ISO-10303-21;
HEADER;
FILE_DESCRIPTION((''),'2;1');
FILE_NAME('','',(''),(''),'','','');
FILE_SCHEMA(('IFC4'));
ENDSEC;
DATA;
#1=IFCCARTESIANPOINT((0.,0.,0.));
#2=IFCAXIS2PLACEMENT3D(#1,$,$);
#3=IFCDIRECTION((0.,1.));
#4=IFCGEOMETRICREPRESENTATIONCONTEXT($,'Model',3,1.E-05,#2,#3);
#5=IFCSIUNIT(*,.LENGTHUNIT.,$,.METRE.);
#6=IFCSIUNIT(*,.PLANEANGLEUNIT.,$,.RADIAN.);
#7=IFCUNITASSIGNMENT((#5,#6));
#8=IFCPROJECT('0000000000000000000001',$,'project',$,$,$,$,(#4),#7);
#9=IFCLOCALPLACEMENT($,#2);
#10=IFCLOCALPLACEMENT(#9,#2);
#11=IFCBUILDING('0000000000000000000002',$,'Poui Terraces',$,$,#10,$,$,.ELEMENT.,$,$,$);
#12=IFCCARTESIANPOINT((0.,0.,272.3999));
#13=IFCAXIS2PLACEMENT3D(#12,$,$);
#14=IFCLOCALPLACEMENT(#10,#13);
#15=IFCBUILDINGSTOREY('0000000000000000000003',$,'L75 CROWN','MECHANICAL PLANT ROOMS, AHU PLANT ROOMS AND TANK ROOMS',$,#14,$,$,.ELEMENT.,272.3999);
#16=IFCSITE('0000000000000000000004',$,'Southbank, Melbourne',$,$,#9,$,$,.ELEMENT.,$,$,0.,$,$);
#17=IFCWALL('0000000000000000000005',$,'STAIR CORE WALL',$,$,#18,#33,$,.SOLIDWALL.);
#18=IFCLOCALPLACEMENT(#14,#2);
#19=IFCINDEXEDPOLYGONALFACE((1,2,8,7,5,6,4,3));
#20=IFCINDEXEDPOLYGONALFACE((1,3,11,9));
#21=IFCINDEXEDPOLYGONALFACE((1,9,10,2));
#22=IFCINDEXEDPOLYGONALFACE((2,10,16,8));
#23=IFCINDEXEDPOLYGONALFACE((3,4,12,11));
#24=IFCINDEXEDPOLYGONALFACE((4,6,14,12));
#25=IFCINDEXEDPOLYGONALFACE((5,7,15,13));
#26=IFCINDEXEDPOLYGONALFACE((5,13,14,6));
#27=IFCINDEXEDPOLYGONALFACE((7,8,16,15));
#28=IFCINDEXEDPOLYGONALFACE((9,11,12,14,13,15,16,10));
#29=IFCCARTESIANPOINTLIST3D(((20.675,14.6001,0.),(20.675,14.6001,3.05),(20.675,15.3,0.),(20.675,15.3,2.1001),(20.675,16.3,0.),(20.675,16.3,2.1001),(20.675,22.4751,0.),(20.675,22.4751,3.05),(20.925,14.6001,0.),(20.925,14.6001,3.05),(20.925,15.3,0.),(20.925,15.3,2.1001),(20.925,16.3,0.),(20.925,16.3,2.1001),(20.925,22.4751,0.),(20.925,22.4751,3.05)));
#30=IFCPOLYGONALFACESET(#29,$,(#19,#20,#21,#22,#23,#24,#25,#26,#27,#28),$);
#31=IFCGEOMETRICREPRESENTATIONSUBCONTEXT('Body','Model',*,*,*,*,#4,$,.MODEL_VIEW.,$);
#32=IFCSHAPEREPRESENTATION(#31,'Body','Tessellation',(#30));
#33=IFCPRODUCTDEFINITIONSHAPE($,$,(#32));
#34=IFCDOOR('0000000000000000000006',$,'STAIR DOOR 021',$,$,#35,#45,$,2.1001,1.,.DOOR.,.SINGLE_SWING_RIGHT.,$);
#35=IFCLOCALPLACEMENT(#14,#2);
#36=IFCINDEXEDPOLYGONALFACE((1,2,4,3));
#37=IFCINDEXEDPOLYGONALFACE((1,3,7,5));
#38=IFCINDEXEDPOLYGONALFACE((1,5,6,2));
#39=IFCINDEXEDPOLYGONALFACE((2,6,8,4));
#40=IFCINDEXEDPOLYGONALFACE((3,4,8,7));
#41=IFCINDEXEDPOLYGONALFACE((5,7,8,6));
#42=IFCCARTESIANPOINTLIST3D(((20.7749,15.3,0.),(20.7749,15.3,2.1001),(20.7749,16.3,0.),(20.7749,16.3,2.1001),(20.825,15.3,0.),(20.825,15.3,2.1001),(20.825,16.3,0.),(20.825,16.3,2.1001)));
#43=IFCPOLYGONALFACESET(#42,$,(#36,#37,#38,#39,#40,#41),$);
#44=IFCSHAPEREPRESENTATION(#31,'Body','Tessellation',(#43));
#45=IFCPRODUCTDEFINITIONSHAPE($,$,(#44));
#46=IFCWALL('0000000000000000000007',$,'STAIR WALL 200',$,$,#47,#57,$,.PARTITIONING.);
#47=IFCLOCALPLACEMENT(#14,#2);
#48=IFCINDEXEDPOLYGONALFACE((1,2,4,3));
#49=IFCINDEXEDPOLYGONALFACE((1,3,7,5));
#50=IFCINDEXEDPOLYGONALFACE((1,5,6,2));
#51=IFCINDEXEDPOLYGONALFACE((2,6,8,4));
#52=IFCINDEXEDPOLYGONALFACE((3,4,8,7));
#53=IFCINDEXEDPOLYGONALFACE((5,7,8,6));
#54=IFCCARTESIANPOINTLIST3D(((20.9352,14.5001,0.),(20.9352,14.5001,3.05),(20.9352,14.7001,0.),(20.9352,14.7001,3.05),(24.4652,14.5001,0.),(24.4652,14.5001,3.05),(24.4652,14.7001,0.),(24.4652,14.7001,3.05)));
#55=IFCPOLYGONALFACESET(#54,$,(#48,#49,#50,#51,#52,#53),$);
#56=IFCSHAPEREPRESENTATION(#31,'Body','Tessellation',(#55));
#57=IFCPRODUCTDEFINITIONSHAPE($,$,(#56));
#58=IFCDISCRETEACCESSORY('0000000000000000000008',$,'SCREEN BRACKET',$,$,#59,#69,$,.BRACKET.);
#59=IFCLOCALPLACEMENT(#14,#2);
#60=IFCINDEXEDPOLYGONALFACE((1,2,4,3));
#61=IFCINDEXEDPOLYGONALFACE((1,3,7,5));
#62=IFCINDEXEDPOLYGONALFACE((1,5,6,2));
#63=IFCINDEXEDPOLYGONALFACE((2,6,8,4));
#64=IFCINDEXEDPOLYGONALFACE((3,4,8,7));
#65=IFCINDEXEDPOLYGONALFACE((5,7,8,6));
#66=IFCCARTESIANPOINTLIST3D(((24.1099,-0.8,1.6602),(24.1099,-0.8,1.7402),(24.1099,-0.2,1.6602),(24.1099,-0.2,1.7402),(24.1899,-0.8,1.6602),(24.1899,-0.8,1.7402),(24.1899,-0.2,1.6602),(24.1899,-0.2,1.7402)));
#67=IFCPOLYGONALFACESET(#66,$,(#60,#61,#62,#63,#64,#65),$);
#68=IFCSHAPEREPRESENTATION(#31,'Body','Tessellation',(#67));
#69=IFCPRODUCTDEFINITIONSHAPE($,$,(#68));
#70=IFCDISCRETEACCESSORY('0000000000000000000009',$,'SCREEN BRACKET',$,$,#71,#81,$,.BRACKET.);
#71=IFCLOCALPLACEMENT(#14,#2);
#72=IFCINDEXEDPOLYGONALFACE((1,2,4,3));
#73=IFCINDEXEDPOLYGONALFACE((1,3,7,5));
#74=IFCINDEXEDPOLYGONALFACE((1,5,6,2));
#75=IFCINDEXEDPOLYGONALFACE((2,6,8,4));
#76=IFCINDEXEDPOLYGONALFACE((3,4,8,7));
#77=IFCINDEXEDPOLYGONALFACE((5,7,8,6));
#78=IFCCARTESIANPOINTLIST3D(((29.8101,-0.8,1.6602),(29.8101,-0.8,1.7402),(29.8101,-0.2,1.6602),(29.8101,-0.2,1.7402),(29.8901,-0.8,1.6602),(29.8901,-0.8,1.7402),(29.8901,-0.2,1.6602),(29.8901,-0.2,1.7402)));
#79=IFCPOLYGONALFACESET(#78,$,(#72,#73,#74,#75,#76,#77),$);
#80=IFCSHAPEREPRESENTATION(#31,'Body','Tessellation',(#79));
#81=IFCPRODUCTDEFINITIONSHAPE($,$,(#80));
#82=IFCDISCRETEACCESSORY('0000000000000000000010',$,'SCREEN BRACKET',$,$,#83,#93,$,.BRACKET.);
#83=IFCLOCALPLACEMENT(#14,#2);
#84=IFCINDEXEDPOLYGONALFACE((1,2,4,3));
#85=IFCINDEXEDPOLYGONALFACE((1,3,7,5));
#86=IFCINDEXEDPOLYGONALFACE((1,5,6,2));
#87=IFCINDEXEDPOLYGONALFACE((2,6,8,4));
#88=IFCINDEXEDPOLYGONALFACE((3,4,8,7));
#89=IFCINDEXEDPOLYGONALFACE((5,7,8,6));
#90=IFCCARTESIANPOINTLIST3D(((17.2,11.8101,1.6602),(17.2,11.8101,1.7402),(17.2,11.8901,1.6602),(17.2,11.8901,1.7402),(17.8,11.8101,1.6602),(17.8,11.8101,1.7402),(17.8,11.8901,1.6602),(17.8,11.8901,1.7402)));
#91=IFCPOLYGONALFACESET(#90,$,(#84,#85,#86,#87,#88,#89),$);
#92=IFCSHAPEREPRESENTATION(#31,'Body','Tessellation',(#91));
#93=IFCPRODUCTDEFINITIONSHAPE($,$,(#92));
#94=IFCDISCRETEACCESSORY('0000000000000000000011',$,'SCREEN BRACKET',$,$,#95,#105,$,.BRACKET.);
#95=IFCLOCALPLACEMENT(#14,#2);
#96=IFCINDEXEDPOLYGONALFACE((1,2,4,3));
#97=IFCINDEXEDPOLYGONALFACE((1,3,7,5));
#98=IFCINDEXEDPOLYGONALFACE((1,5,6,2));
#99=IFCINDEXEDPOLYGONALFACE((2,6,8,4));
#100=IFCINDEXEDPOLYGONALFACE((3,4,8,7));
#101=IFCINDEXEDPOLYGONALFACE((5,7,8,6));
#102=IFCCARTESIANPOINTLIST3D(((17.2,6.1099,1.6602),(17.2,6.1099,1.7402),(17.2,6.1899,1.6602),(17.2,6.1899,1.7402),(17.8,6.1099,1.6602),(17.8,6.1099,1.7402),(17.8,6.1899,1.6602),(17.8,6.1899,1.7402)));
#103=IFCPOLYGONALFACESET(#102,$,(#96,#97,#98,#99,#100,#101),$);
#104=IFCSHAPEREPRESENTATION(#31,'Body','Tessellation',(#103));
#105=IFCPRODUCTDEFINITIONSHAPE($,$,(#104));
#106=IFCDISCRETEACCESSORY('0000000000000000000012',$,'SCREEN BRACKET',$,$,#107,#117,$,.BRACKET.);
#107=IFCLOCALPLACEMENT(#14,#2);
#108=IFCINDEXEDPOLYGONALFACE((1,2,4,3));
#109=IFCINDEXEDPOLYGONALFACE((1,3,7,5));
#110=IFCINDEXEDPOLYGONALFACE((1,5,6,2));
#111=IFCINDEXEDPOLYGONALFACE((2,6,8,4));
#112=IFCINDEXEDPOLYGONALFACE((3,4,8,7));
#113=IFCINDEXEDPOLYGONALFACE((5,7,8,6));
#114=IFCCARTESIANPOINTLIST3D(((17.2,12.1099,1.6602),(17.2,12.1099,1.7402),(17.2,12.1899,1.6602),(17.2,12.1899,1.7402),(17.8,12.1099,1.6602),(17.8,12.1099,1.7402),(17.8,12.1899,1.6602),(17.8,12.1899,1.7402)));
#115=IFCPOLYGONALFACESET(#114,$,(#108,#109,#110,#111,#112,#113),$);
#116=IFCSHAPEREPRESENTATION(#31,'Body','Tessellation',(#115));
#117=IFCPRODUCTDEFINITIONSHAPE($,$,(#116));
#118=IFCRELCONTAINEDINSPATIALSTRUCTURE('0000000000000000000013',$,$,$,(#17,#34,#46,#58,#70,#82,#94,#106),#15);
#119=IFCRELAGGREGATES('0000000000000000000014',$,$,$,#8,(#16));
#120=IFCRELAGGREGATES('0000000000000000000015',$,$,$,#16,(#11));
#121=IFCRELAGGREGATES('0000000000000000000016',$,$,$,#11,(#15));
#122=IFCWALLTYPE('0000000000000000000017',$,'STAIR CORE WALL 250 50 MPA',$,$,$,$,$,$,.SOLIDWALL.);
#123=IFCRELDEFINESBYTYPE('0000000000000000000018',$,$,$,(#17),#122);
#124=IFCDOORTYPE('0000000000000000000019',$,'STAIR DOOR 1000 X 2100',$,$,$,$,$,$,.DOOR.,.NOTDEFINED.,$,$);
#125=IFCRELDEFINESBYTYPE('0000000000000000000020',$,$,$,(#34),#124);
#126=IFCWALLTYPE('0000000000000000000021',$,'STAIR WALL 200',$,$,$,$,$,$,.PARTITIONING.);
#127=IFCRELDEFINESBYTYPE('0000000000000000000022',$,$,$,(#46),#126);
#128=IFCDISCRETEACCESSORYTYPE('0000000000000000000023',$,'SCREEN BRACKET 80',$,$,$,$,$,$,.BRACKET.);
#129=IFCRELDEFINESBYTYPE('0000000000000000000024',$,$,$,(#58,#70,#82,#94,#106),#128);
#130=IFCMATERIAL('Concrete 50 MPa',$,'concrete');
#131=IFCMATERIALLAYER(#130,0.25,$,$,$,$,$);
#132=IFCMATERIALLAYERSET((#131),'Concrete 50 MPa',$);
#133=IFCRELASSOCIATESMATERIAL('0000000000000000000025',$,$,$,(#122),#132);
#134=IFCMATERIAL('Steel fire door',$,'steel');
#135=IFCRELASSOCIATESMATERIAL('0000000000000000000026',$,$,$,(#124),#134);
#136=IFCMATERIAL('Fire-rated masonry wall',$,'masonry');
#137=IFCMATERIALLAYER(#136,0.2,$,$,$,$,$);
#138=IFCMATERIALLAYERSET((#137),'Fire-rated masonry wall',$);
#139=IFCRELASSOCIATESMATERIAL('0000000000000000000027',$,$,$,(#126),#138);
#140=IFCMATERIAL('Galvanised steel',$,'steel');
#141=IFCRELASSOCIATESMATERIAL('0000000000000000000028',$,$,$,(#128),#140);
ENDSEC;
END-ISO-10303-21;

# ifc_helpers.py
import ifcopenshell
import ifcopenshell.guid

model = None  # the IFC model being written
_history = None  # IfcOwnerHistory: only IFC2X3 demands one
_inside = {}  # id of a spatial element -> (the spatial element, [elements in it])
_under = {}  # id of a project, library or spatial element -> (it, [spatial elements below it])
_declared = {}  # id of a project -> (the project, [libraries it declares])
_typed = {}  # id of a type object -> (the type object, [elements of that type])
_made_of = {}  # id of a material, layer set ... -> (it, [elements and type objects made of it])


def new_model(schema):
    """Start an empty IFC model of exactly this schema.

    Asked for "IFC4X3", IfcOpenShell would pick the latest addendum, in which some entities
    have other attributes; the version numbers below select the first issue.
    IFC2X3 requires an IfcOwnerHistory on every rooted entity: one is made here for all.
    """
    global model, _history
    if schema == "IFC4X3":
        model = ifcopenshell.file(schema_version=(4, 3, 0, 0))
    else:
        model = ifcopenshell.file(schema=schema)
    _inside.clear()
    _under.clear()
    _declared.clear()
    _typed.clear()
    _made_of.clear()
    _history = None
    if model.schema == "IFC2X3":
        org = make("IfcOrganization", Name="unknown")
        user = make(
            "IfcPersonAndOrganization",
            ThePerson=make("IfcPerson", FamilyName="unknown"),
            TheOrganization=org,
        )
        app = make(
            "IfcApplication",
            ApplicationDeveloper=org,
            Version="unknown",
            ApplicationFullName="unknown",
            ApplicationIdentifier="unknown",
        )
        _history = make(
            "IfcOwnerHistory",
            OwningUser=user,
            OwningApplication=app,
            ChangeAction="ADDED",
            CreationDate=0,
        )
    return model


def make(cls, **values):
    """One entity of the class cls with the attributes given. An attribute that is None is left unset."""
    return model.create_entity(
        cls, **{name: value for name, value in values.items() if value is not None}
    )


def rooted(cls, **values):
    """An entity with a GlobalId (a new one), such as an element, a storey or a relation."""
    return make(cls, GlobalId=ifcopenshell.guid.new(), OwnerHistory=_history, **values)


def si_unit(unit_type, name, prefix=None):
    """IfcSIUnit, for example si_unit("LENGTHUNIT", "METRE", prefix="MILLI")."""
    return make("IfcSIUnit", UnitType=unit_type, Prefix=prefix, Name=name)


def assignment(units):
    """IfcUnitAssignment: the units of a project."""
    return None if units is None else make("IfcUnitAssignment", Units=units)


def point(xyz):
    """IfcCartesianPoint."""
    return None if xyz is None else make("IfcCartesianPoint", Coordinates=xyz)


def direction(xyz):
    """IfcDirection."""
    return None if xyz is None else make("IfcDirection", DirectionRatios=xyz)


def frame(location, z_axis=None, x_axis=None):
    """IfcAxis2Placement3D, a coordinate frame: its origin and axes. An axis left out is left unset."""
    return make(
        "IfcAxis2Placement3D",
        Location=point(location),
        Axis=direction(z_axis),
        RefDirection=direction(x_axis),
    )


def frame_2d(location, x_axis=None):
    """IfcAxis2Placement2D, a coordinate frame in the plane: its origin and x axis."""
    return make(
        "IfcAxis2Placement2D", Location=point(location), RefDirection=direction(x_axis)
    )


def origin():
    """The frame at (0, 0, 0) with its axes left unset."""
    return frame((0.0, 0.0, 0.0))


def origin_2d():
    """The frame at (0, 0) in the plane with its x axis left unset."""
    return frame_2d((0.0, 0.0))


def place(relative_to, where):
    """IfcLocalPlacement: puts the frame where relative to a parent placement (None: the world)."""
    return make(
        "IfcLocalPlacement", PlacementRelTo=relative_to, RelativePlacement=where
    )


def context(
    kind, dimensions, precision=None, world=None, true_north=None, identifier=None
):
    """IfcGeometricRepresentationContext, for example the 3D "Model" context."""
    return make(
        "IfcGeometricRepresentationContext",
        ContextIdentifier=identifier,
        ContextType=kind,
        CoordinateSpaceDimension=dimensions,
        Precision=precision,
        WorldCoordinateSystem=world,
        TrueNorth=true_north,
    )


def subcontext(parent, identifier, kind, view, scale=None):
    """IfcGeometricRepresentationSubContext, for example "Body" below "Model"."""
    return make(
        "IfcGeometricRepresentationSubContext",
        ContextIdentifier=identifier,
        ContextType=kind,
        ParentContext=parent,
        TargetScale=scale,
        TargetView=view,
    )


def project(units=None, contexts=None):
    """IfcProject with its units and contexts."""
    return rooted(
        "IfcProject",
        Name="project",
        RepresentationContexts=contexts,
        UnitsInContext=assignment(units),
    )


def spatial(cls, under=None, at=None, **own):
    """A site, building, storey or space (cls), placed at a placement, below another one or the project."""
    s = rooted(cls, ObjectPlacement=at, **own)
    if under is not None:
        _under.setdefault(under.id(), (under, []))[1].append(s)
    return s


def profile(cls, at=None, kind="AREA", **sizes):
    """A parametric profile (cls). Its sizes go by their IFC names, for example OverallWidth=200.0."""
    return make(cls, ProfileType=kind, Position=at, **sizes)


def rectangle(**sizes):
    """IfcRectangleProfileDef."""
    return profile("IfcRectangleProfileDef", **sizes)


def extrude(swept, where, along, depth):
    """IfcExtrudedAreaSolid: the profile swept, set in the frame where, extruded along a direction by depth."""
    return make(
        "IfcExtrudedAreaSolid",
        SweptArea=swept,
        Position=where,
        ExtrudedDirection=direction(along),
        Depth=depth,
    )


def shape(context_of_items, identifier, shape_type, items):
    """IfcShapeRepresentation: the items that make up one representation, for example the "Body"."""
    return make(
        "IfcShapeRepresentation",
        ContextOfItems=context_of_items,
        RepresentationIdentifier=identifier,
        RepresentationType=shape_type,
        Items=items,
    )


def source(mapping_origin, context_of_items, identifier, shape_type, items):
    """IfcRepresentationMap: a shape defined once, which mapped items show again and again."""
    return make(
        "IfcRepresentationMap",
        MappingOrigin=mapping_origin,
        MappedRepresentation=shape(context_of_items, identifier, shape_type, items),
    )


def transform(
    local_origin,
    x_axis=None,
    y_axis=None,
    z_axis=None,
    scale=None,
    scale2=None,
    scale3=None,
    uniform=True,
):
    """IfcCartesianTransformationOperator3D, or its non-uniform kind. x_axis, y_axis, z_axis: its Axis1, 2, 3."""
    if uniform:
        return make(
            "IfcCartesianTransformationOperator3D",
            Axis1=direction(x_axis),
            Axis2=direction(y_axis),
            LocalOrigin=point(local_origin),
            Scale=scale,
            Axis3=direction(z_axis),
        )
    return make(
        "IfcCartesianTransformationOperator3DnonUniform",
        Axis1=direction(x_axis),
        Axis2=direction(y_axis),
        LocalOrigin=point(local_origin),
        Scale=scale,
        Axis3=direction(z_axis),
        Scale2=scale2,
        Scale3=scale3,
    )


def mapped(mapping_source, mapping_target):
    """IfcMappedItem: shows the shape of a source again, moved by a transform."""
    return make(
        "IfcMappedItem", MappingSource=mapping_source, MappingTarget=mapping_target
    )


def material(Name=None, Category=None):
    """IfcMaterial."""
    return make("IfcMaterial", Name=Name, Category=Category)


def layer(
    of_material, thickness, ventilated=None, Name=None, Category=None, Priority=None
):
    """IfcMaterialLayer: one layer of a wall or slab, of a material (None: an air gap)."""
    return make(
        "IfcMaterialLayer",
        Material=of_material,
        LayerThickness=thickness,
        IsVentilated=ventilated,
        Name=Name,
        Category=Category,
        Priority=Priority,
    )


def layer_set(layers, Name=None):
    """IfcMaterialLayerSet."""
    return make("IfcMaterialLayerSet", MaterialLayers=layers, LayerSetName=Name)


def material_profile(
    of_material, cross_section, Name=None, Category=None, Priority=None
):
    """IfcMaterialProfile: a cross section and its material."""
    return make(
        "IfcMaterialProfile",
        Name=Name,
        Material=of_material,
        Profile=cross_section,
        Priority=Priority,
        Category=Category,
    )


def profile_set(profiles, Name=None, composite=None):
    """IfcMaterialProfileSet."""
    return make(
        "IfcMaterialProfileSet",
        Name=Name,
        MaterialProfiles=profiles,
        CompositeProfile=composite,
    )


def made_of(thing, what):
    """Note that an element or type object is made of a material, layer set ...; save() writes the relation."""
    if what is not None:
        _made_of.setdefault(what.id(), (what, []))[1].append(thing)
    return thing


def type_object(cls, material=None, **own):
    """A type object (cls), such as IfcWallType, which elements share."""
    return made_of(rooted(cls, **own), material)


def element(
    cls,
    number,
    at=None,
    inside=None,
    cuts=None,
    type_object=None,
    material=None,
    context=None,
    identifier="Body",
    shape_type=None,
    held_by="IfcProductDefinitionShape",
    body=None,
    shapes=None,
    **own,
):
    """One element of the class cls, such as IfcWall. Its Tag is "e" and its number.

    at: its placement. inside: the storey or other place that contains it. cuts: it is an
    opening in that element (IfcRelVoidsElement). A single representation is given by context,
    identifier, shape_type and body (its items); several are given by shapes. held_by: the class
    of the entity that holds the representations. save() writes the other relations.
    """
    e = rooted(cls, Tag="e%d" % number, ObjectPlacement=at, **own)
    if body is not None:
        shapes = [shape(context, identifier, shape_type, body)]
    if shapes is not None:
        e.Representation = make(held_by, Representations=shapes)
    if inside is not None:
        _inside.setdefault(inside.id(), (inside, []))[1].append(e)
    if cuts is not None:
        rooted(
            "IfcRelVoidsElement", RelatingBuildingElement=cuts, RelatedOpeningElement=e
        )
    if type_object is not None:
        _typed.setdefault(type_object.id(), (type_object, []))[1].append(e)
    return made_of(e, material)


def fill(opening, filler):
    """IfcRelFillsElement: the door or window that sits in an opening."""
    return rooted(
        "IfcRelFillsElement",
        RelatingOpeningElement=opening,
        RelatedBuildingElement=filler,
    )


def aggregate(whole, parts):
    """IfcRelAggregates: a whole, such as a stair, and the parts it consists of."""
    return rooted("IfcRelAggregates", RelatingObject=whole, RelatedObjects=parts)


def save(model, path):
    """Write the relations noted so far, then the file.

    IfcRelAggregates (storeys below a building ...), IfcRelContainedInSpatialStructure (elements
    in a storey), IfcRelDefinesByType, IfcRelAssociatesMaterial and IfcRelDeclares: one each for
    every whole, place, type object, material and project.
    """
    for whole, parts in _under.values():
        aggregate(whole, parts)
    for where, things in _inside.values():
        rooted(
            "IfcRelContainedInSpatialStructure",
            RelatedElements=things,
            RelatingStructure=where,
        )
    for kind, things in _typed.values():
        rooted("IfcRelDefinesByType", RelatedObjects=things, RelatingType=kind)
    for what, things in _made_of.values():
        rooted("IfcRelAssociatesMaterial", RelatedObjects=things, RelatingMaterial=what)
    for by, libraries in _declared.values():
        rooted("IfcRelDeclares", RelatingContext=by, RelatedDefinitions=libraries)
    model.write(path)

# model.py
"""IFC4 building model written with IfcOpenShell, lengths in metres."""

from ifc_helpers import new_model, si_unit, direction, frame, frame_2d, origin, origin_2d, place, context, subcontext, project, spatial, rectangle, extrude, source, transform, mapped, material, layer, layer_set, material_profile, profile_set, type_object, element, fill, save


model = new_model("IFC4")

# Units and contexts
model_context = context("Model", 3, precision=1e-05, world=origin(), true_north=direction((0.0, 1.0)))
body_context = subcontext(model_context, "Body", "Model", "MODEL_VIEW")
ifc_project = project(units=[si_unit("LENGTHUNIT", "METRE"), si_unit("PLANEANGLEUNIT", "RADIAN")], contexts=[model_context])

# Site, building, storey
site_placement = place(None, origin())
site = spatial("IfcSite", under=ifc_project, at=site_placement, Name="Southbank, Melbourne", CompositionType="ELEMENT", RefElevation=0.0)
building_placement = place(site_placement, origin())
building = spatial("IfcBuilding", under=site, at=building_placement, Name="Poui Terraces", CompositionType="ELEMENT")
storey_placement = place(building_placement, frame((0.0, 0.0, 272.3999)))
storey = spatial("IfcBuildingStorey", under=building, at=storey_placement, Name="L75 CROWN", Description="MECHANICAL PLANT ROOMS, AHU PLANT ROOMS AND TANK ROOMS", CompositionType="ELEMENT", Elevation=272.3999)

# Shared definitions
ifc_material_1 = material(Name="Concrete 50 MPa", Category="concrete")

# Shared definitions
ifc_material_2 = material(Name="Steel fire door", Category="steel")

# Wall, opening, door
ifc_layer_1 = layer(ifc_material_1, 0.25)
ifc_layer_set_1 = layer_set([ifc_layer_1], Name="Concrete 50 MPa")
wall_type_1 = type_object("IfcWallType", Name="STAIR CORE WALL 250 50 MPA", PredefinedType="SOLIDWALL", material=ifc_layer_set_1)
wall_1_placement = place(storey_placement, frame((20.8, 14.6001, 0.0), z_axis=(0.0, 0.0, 1.0), x_axis=(0.0, 1.0, 0.0)))
wall_1 = element("IfcWall", 1, at=wall_1_placement, inside=storey, type_object=wall_type_1, Name="STAIR CORE WALL", PredefinedType="SOLIDWALL", context=body_context, shape_type="SweptSolid", body=[
    extrude(rectangle(XDim=7.875, YDim=0.25, at=frame_2d((3.9375, 0.0))), origin(), (0.0, 0.0, 1.0), 3.05),
])
opening_1_placement = place(wall_1_placement, frame((0.7, 0.0, 0.0)))
opening_1 = element("IfcOpeningElement", 2, at=opening_1_placement, cuts=wall_1, PredefinedType="OPENING", context=body_context, shape_type="SweptSolid", body=[
    extrude(rectangle(XDim=1.0, YDim=2.1001, at=frame_2d((0.5, 1.05))), frame((0.0, 0.135, 0.0), z_axis=(0.0, -1.0, 0.0), x_axis=(1.0, 0.0, 0.0)), (0.0, 0.0, 1.0), 0.27),
])
door_type_1 = type_object("IfcDoorType", Name="STAIR DOOR 1000 X 2100", OperationType="NOTDEFINED", PredefinedType="DOOR", material=ifc_material_2)
door_1_placement = place(opening_1_placement, frame((1.0, 0.0, 0.0), z_axis=(0.0, 0.0, 1.0), x_axis=(-1.0, 0.0, 0.0)))
door_1 = element("IfcDoor", 3, at=door_1_placement, inside=storey, type_object=door_type_1, Name="STAIR DOOR 021", OperationType="SINGLE_SWING_RIGHT", OverallHeight=2.1001, OverallWidth=1.0, PredefinedType="DOOR", context=body_context, shape_type="SweptSolid", body=[
    extrude(rectangle(XDim=1.0, YDim=2.1001, at=frame_2d((0.5, 1.05))), frame((0.0, 0.0249, 0.0), z_axis=(0.0, -1.0, 0.0), x_axis=(1.0, 0.0, 0.0)), (0.0, 0.0, 1.0), 0.05),
])
fill(opening_1, door_1)

# Wall
ifc_material_3 = material(Name="Fire-rated masonry wall", Category="masonry")
ifc_layer_2 = layer(ifc_material_3, 0.2)
ifc_layer_set_2 = layer_set([ifc_layer_2], Name="Fire-rated masonry wall")
wall_type_2 = type_object("IfcWallType", Name="STAIR WALL 200", PredefinedType="PARTITIONING", material=ifc_layer_set_2)
wall_2_placement = place(storey_placement, frame((20.9351, 14.6001, 0.0), z_axis=(0.0, 0.0, 1.0), x_axis=(1.0, 0.0, 0.0)))
element("IfcWall", 4, at=wall_2_placement, inside=storey, type_object=wall_type_2, Name="STAIR WALL 200", PredefinedType="PARTITIONING", context=body_context, shape_type="SweptSolid", body=[
    extrude(rectangle(XDim=3.53, YDim=0.2, at=frame_2d((1.7651, 0.0))), origin(), (0.0, 0.0, 1.0), 3.05),
])

# Discrete accessories
ifc_material_4 = material(Name="Galvanised steel", Category="steel")
ifc_material_profile_1 = material_profile(ifc_material_4, rectangle(XDim=0.0801, YDim=0.0801, at=origin_2d()), Name="SCREEN BRACKET 80")
ifc_profile_set_1 = profile_set([ifc_material_profile_1], Name="Galvanised steel")
discrete_accessory_type = type_object("IfcDiscreteAccessoryType", Name="SCREEN BRACKET 80", PredefinedType="BRACKET", material=ifc_profile_set_1)
shared_shape_1 = source(origin(), body_context, "Body", "SweptSolid", [
    extrude(rectangle(XDim=0.0801, YDim=0.0801, at=origin_2d()), origin(), (0.0, 0.0, 1.0), 0.6001),
])
for number, where, z_axis, x_axis, name in (
    (5, (24.1499, -0.2, 1.7002), (0.0, -1.0, 0.0), (1.0, 0.0, 0.0), "SCREEN BRACKET"),
    (6, (29.8501, -0.2, 1.7002), (0.0, -1.0, 0.0), (1.0, 0.0, 0.0), "SCREEN BRACKET"),
    (7, (17.8, 11.8501, 1.7002), (-1.0, 0.0, 0.0), (0.0, -1.0, 0.0), "SCREEN BRACKET"),
    (8, (17.8, 6.1499, 1.7002), (-1.0, 0.0, 0.0), (0.0, -1.0, 0.0), "SCREEN BRACKET"),
    (9, (17.8, 12.1499, 1.7002), (-1.0, 0.0, 0.0), (0.0, -1.0, 0.0), "SCREEN BRACKET"),
):
    element("IfcDiscreteAccessory", number, at=place(storey_placement, frame(where, z_axis=z_axis, x_axis=x_axis)), inside=storey, type_object=discrete_accessory_type, Name=name, PredefinedType="BRACKET", context=body_context, shape_type="MappedRepresentation", body=[
        mapped(shared_shape_1, transform((0.0, 0.0, 0.0))),
    ])

save(model, "model.ifc")
